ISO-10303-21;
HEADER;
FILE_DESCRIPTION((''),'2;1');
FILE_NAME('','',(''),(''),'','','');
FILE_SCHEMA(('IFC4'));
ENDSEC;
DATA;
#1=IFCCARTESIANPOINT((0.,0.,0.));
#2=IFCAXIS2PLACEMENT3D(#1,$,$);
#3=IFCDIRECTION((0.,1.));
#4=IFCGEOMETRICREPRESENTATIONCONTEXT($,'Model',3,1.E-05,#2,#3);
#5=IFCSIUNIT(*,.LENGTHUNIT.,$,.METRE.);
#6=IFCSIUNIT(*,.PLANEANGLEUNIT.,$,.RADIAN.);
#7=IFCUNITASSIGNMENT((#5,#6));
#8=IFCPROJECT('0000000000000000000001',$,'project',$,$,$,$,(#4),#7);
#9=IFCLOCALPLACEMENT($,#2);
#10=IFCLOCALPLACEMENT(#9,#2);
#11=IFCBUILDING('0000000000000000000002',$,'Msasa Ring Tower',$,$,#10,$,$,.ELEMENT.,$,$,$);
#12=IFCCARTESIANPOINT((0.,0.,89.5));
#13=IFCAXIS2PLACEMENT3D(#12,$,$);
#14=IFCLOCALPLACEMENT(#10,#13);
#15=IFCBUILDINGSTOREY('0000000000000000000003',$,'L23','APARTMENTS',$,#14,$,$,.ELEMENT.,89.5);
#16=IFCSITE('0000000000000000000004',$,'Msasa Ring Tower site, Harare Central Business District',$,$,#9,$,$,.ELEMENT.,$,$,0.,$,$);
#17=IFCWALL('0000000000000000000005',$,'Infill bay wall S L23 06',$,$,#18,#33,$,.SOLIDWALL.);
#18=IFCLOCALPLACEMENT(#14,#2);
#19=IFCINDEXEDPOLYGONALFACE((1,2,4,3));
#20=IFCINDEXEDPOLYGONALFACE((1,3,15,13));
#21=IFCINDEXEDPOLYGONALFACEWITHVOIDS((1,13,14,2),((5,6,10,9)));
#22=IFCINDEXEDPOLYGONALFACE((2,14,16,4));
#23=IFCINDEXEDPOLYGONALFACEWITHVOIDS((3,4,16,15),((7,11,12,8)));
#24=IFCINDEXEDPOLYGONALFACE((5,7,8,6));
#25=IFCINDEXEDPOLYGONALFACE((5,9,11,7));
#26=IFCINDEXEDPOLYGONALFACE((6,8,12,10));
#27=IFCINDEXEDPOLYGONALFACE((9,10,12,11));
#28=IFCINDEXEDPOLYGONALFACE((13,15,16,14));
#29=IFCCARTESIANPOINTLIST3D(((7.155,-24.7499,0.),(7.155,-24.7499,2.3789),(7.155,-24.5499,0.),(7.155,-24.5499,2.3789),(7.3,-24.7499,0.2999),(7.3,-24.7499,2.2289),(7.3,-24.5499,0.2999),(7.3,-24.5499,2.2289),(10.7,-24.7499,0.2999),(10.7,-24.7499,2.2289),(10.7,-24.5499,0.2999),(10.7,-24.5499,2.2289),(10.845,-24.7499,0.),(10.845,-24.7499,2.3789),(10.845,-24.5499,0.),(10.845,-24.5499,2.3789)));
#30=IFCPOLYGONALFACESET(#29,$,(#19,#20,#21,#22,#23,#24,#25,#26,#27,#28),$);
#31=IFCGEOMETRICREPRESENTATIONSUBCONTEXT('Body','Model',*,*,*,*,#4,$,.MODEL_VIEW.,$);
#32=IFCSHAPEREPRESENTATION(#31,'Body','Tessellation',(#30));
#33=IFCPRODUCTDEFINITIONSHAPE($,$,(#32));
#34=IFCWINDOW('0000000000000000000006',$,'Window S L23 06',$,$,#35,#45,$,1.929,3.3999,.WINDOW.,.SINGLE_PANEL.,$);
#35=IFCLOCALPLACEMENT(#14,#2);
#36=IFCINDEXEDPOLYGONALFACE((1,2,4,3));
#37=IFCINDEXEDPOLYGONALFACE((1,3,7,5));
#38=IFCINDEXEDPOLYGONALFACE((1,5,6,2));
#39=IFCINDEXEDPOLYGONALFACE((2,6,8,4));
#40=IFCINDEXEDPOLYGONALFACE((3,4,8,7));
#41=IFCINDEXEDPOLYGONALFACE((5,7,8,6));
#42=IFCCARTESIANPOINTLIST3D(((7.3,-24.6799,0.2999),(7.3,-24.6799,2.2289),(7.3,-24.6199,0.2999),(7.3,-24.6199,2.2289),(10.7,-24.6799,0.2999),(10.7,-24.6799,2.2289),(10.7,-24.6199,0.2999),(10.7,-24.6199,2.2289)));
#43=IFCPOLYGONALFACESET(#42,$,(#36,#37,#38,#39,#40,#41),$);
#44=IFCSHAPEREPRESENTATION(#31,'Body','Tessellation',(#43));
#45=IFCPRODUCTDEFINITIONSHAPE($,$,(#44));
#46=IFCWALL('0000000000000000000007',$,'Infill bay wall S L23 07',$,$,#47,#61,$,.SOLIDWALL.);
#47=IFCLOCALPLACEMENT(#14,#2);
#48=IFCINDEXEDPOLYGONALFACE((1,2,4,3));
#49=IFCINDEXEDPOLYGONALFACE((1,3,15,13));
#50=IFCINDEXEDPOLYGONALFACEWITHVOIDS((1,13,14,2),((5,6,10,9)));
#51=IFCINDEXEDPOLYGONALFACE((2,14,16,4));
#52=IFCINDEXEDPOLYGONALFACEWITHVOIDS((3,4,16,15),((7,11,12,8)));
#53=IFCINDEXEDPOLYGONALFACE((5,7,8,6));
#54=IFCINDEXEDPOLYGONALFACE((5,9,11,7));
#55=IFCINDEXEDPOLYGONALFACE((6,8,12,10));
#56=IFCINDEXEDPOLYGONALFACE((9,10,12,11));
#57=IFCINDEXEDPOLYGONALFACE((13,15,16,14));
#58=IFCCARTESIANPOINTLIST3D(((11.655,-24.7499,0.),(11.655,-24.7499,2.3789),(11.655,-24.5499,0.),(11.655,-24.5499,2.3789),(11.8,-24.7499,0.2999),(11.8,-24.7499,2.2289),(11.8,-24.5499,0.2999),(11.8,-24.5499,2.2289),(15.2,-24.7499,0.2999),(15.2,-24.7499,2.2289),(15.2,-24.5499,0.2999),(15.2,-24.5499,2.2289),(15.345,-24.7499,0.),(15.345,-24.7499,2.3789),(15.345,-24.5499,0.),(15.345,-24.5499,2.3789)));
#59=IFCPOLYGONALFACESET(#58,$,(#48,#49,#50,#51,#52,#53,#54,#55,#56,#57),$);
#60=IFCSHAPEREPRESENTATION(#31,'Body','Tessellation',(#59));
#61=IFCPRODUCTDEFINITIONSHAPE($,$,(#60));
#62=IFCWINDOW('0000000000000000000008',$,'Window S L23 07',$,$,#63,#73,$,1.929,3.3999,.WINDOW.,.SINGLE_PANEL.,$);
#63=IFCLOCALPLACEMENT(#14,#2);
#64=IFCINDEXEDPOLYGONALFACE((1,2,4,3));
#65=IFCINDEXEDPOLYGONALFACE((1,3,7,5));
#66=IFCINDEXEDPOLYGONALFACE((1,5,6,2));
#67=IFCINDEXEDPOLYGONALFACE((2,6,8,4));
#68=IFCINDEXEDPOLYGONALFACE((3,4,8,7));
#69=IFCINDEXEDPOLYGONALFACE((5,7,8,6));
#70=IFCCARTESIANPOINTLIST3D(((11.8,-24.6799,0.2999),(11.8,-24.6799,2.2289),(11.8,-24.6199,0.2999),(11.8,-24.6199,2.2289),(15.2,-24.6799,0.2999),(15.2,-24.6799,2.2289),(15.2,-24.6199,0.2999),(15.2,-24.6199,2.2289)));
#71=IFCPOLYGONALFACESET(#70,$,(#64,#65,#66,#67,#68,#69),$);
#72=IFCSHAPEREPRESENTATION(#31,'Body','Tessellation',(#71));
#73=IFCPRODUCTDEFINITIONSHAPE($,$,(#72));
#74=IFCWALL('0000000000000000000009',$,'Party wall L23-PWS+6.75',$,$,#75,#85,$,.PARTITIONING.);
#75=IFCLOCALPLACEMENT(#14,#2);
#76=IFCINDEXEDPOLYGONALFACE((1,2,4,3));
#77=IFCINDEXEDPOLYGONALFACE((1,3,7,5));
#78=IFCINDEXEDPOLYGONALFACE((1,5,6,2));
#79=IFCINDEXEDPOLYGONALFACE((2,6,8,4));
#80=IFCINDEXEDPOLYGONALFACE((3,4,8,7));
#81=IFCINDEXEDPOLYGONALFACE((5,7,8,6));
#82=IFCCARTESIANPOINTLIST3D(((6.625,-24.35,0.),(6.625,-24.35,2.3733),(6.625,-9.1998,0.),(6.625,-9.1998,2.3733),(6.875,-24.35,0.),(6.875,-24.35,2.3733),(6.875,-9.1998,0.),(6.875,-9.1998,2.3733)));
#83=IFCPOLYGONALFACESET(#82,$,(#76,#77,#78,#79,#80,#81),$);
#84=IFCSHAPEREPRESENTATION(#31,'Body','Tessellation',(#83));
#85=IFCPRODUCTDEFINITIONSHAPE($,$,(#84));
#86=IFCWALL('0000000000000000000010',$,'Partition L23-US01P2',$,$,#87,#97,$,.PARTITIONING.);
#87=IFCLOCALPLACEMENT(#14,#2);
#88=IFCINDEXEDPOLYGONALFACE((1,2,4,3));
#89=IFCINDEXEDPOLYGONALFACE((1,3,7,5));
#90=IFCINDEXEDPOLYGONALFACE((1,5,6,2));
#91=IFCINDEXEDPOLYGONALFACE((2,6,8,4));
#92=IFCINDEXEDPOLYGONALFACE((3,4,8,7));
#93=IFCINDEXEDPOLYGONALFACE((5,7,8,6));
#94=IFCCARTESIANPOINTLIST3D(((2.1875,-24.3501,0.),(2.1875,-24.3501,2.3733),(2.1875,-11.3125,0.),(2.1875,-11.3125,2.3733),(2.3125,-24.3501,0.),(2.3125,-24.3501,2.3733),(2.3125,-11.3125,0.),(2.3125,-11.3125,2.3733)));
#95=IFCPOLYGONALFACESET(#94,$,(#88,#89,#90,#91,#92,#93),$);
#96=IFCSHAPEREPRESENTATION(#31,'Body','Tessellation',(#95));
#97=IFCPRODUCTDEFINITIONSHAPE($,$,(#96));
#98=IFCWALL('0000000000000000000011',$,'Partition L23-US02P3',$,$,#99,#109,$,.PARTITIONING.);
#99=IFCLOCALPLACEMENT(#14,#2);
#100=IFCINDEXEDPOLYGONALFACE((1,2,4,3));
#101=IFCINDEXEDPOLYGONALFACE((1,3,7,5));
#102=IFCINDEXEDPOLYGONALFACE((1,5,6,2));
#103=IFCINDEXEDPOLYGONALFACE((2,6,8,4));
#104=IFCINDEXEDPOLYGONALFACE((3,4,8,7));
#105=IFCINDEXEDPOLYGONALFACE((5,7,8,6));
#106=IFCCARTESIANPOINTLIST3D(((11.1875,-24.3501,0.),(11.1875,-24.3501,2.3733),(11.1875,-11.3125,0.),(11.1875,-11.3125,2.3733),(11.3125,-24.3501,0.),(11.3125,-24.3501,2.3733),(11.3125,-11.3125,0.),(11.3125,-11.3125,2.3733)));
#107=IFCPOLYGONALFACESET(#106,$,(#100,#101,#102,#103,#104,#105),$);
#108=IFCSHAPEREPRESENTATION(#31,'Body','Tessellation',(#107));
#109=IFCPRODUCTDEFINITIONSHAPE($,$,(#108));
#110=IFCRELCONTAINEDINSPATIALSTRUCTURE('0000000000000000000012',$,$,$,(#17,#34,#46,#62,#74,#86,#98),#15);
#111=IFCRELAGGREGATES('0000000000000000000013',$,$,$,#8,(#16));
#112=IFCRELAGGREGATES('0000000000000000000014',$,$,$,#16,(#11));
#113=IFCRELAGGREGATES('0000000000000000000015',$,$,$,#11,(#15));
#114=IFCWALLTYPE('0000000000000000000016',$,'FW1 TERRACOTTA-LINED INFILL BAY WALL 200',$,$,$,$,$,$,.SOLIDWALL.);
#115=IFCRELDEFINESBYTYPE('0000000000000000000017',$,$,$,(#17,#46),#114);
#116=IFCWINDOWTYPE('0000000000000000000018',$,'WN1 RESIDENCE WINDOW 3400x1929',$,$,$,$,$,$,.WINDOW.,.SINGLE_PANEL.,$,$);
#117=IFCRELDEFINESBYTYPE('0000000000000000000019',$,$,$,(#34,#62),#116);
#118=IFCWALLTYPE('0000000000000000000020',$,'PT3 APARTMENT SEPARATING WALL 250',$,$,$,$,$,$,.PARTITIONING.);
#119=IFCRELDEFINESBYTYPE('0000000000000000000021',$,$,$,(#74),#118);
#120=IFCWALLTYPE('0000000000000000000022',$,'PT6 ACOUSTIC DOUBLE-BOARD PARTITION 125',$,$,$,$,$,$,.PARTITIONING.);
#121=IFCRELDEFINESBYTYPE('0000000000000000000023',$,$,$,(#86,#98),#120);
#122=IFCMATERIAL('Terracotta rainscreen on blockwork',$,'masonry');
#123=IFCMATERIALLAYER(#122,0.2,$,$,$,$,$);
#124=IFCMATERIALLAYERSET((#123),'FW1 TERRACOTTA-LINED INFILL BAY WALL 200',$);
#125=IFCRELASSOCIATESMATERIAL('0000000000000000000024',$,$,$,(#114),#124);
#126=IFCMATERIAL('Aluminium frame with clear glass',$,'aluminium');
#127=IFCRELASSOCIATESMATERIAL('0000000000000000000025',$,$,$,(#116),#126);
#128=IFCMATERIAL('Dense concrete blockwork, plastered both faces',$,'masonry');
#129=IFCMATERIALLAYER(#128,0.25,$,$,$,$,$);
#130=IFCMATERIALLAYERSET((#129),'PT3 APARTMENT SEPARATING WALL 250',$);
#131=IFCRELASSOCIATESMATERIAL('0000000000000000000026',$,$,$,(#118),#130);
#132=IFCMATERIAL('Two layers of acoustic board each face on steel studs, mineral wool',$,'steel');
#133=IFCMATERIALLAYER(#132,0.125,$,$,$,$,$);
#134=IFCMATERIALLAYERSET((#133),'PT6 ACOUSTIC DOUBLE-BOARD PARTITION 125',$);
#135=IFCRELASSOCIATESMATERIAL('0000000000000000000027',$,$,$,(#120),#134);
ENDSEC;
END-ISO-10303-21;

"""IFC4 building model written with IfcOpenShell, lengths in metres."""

from ifc_helpers import new_model, si_unit, direction, frame, frame_2d, origin, place, context, subcontext, project, spatial, rectangle, extrude, material, layer, layer_set, type_object, element, fill, save


model = new_model("IFC4")

# Units and contexts
model_context = context("Model", 3, precision=1e-05, world=origin(), true_north=direction((0.0, 1.0)))
body_context = subcontext(model_context, "Body", "Model", "MODEL_VIEW")
ifc_project = project(units=[si_unit("LENGTHUNIT", "METRE"), si_unit("PLANEANGLEUNIT", "RADIAN")], contexts=[model_context])

# Site, building, storey
site_placement = place(None, origin())
site = spatial("IfcSite", under=ifc_project, at=site_placement, Name="Msasa Ring Tower site, Harare Central Business District", CompositionType="ELEMENT", RefElevation=0.0)
building_placement = place(site_placement, origin())
building = spatial("IfcBuilding", under=site, at=building_placement, Name="Msasa Ring Tower", CompositionType="ELEMENT")
storey_placement = place(building_placement, frame((0.0, 0.0, 89.5)))
storey = spatial("IfcBuildingStorey", under=building, at=storey_placement, Name="L23", Description="APARTMENTS", CompositionType="ELEMENT", Elevation=89.5)

# Walls, openings, windows
ifc_material_1 = material(Name="Terracotta rainscreen on blockwork", Category="masonry")
ifc_layer_1 = layer(ifc_material_1, 0.2)
ifc_layer_set_1 = layer_set([ifc_layer_1], Name="FW1 TERRACOTTA-LINED INFILL BAY WALL 200")
wall_type_1 = type_object("IfcWallType", Name="FW1 TERRACOTTA-LINED INFILL BAY WALL 200", PredefinedType="SOLIDWALL", material=ifc_layer_set_1)
ifc_material_2 = material(Name="Aluminium frame with clear glass", Category="aluminium")
window_type = type_object("IfcWindowType", Name="WN1 RESIDENCE WINDOW 3400x1929", PartitioningType="SINGLE_PANEL", PredefinedType="WINDOW", material=ifc_material_2)
wall_1_placement = place(storey_placement, frame((7.155, -24.6499, 0.0), z_axis=(0.0, 0.0, 1.0), x_axis=(1.0, 0.0, 0.0)))
wall_1 = element("IfcWall", 1, at=wall_1_placement, inside=storey, type_object=wall_type_1, Name="Infill bay wall S L23 06", PredefinedType="SOLIDWALL", context=body_context, shape_type="SweptSolid", body=[
    extrude(rectangle(XDim=3.6899, YDim=0.2, at=frame_2d((1.845, 0.0))), origin(), (0.0, 0.0, 1.0), 2.3789),
])
opening_1_placement = place(wall_1_placement, frame((0.145, 0.0, 0.3)))
opening_1 = element("IfcOpeningElement", 2, at=opening_1_placement, cuts=wall_1, PredefinedType="OPENING", context=body_context, shape_type="SweptSolid", body=[
    extrude(rectangle(XDim=3.3999, YDim=1.929, at=frame_2d((1.7, 0.9644))), frame((0.0, 0.1099, 0.0), z_axis=(0.0, -1.0, 0.0), x_axis=(1.0, 0.0, 0.0)), (0.0, 0.0, 1.0), 0.22),
])
window_1_placement = place(opening_1_placement, origin())
window_1 = element("IfcWindow", 3, at=window_1_placement, inside=storey, type_object=window_type, Name="Window S L23 06", OverallHeight=1.929, OverallWidth=3.3999, PartitioningType="SINGLE_PANEL", PredefinedType="WINDOW", context=body_context, shape_type="SweptSolid", body=[
    extrude(rectangle(XDim=3.3999, YDim=1.929, at=frame_2d((1.7, 0.9644))), frame((0.0, 0.03, 0.0), z_axis=(0.0, -1.0, 0.0), x_axis=(1.0, 0.0, 0.0)), (0.0, 0.0, 1.0), 0.0601),
])
fill(opening_1, window_1)
wall_2_placement = place(storey_placement, frame((11.655, -24.6499, 0.0), z_axis=(0.0, 0.0, 1.0), x_axis=(1.0, 0.0, 0.0)))
wall_2 = element("IfcWall", 4, at=wall_2_placement, inside=storey, type_object=wall_type_1, Name="Infill bay wall S L23 07", PredefinedType="SOLIDWALL", context=body_context, shape_type="SweptSolid", body=[
    extrude(rectangle(XDim=3.6899, YDim=0.2, at=frame_2d((1.845, 0.0))), origin(), (0.0, 0.0, 1.0), 2.3789),
])
opening_2_placement = place(wall_2_placement, frame((0.145, 0.0, 0.3)))
opening_2 = element("IfcOpeningElement", 5, at=opening_2_placement, cuts=wall_2, PredefinedType="OPENING", context=body_context, shape_type="SweptSolid", body=[
    extrude(rectangle(XDim=3.3999, YDim=1.929, at=frame_2d((1.7, 0.9644))), frame((0.0, 0.1099, 0.0), z_axis=(0.0, -1.0, 0.0), x_axis=(1.0, 0.0, 0.0)), (0.0, 0.0, 1.0), 0.22),
])
window_2_placement = place(opening_2_placement, origin())
window_2 = element("IfcWindow", 6, at=window_2_placement, inside=storey, type_object=window_type, Name="Window S L23 07", OverallHeight=1.929, OverallWidth=3.3999, PartitioningType="SINGLE_PANEL", PredefinedType="WINDOW", context=body_context, shape_type="SweptSolid", body=[
    extrude(rectangle(XDim=3.3999, YDim=1.929, at=frame_2d((1.7, 0.9644))), frame((0.0, 0.03, 0.0), z_axis=(0.0, -1.0, 0.0), x_axis=(1.0, 0.0, 0.0)), (0.0, 0.0, 1.0), 0.0601),
])
fill(opening_2, window_2)

# Walls
ifc_material_3 = material(Name="Dense concrete blockwork, plastered both faces", Category="masonry")
ifc_layer_2 = layer(ifc_material_3, 0.25)
ifc_layer_set_2 = layer_set([ifc_layer_2], Name="PT3 APARTMENT SEPARATING WALL 250")
wall_type_2 = type_object("IfcWallType", Name="PT3 APARTMENT SEPARATING WALL 250", PredefinedType="PARTITIONING", material=ifc_layer_set_2)
wall_3_placement = place(storey_placement, frame((6.75, -24.3501, 0.0), z_axis=(0.0, 0.0, 1.0), x_axis=(0.0, 1.0, 0.0)))
element("IfcWall", 7, at=wall_3_placement, inside=storey, type_object=wall_type_2, Name="Party wall L23-PWS+6.75", PredefinedType="PARTITIONING", context=body_context, shape_type="SweptSolid", body=[
    extrude(rectangle(XDim=15.1501, YDim=0.25, at=frame_2d((7.5752, 0.0))), origin(), (0.0, 0.0, 1.0), 2.3733),
])
ifc_material_4 = material(Name="Two layers of acoustic board each face on steel studs, mineral wool", Category="steel")
ifc_layer_3 = layer(ifc_material_4, 0.125)
ifc_layer_set_3 = layer_set([ifc_layer_3], Name="PT6 ACOUSTIC DOUBLE-BOARD PARTITION 125")
wall_type_3 = type_object("IfcWallType", Name="PT6 ACOUSTIC DOUBLE-BOARD PARTITION 125", PredefinedType="PARTITIONING", material=ifc_layer_set_3)
for number, where, z_axis, x_axis, name in (
    (8, (2.25, -24.3501, 0.0), (0.0, 0.0, 1.0), (0.0, 1.0, 0.0), "Partition L23-US01P2"),
    (9, (11.25, -24.3501, 0.0), (0.0, 0.0, 1.0), (0.0, 1.0, 0.0), "Partition L23-US02P3"),
):
    element("IfcWall", number, at=place(storey_placement, frame(where, z_axis=z_axis, x_axis=x_axis)), inside=storey, type_object=wall_type_3, Name=name, PredefinedType="PARTITIONING", context=body_context, shape_type="SweptSolid", body=[
        extrude(rectangle(XDim=13.0376, YDim=0.125, at=frame_2d((6.5188, 0.0))), origin(), (0.0, 0.0, 1.0), 2.3733),
    ])

save(model, "model.ifc")
